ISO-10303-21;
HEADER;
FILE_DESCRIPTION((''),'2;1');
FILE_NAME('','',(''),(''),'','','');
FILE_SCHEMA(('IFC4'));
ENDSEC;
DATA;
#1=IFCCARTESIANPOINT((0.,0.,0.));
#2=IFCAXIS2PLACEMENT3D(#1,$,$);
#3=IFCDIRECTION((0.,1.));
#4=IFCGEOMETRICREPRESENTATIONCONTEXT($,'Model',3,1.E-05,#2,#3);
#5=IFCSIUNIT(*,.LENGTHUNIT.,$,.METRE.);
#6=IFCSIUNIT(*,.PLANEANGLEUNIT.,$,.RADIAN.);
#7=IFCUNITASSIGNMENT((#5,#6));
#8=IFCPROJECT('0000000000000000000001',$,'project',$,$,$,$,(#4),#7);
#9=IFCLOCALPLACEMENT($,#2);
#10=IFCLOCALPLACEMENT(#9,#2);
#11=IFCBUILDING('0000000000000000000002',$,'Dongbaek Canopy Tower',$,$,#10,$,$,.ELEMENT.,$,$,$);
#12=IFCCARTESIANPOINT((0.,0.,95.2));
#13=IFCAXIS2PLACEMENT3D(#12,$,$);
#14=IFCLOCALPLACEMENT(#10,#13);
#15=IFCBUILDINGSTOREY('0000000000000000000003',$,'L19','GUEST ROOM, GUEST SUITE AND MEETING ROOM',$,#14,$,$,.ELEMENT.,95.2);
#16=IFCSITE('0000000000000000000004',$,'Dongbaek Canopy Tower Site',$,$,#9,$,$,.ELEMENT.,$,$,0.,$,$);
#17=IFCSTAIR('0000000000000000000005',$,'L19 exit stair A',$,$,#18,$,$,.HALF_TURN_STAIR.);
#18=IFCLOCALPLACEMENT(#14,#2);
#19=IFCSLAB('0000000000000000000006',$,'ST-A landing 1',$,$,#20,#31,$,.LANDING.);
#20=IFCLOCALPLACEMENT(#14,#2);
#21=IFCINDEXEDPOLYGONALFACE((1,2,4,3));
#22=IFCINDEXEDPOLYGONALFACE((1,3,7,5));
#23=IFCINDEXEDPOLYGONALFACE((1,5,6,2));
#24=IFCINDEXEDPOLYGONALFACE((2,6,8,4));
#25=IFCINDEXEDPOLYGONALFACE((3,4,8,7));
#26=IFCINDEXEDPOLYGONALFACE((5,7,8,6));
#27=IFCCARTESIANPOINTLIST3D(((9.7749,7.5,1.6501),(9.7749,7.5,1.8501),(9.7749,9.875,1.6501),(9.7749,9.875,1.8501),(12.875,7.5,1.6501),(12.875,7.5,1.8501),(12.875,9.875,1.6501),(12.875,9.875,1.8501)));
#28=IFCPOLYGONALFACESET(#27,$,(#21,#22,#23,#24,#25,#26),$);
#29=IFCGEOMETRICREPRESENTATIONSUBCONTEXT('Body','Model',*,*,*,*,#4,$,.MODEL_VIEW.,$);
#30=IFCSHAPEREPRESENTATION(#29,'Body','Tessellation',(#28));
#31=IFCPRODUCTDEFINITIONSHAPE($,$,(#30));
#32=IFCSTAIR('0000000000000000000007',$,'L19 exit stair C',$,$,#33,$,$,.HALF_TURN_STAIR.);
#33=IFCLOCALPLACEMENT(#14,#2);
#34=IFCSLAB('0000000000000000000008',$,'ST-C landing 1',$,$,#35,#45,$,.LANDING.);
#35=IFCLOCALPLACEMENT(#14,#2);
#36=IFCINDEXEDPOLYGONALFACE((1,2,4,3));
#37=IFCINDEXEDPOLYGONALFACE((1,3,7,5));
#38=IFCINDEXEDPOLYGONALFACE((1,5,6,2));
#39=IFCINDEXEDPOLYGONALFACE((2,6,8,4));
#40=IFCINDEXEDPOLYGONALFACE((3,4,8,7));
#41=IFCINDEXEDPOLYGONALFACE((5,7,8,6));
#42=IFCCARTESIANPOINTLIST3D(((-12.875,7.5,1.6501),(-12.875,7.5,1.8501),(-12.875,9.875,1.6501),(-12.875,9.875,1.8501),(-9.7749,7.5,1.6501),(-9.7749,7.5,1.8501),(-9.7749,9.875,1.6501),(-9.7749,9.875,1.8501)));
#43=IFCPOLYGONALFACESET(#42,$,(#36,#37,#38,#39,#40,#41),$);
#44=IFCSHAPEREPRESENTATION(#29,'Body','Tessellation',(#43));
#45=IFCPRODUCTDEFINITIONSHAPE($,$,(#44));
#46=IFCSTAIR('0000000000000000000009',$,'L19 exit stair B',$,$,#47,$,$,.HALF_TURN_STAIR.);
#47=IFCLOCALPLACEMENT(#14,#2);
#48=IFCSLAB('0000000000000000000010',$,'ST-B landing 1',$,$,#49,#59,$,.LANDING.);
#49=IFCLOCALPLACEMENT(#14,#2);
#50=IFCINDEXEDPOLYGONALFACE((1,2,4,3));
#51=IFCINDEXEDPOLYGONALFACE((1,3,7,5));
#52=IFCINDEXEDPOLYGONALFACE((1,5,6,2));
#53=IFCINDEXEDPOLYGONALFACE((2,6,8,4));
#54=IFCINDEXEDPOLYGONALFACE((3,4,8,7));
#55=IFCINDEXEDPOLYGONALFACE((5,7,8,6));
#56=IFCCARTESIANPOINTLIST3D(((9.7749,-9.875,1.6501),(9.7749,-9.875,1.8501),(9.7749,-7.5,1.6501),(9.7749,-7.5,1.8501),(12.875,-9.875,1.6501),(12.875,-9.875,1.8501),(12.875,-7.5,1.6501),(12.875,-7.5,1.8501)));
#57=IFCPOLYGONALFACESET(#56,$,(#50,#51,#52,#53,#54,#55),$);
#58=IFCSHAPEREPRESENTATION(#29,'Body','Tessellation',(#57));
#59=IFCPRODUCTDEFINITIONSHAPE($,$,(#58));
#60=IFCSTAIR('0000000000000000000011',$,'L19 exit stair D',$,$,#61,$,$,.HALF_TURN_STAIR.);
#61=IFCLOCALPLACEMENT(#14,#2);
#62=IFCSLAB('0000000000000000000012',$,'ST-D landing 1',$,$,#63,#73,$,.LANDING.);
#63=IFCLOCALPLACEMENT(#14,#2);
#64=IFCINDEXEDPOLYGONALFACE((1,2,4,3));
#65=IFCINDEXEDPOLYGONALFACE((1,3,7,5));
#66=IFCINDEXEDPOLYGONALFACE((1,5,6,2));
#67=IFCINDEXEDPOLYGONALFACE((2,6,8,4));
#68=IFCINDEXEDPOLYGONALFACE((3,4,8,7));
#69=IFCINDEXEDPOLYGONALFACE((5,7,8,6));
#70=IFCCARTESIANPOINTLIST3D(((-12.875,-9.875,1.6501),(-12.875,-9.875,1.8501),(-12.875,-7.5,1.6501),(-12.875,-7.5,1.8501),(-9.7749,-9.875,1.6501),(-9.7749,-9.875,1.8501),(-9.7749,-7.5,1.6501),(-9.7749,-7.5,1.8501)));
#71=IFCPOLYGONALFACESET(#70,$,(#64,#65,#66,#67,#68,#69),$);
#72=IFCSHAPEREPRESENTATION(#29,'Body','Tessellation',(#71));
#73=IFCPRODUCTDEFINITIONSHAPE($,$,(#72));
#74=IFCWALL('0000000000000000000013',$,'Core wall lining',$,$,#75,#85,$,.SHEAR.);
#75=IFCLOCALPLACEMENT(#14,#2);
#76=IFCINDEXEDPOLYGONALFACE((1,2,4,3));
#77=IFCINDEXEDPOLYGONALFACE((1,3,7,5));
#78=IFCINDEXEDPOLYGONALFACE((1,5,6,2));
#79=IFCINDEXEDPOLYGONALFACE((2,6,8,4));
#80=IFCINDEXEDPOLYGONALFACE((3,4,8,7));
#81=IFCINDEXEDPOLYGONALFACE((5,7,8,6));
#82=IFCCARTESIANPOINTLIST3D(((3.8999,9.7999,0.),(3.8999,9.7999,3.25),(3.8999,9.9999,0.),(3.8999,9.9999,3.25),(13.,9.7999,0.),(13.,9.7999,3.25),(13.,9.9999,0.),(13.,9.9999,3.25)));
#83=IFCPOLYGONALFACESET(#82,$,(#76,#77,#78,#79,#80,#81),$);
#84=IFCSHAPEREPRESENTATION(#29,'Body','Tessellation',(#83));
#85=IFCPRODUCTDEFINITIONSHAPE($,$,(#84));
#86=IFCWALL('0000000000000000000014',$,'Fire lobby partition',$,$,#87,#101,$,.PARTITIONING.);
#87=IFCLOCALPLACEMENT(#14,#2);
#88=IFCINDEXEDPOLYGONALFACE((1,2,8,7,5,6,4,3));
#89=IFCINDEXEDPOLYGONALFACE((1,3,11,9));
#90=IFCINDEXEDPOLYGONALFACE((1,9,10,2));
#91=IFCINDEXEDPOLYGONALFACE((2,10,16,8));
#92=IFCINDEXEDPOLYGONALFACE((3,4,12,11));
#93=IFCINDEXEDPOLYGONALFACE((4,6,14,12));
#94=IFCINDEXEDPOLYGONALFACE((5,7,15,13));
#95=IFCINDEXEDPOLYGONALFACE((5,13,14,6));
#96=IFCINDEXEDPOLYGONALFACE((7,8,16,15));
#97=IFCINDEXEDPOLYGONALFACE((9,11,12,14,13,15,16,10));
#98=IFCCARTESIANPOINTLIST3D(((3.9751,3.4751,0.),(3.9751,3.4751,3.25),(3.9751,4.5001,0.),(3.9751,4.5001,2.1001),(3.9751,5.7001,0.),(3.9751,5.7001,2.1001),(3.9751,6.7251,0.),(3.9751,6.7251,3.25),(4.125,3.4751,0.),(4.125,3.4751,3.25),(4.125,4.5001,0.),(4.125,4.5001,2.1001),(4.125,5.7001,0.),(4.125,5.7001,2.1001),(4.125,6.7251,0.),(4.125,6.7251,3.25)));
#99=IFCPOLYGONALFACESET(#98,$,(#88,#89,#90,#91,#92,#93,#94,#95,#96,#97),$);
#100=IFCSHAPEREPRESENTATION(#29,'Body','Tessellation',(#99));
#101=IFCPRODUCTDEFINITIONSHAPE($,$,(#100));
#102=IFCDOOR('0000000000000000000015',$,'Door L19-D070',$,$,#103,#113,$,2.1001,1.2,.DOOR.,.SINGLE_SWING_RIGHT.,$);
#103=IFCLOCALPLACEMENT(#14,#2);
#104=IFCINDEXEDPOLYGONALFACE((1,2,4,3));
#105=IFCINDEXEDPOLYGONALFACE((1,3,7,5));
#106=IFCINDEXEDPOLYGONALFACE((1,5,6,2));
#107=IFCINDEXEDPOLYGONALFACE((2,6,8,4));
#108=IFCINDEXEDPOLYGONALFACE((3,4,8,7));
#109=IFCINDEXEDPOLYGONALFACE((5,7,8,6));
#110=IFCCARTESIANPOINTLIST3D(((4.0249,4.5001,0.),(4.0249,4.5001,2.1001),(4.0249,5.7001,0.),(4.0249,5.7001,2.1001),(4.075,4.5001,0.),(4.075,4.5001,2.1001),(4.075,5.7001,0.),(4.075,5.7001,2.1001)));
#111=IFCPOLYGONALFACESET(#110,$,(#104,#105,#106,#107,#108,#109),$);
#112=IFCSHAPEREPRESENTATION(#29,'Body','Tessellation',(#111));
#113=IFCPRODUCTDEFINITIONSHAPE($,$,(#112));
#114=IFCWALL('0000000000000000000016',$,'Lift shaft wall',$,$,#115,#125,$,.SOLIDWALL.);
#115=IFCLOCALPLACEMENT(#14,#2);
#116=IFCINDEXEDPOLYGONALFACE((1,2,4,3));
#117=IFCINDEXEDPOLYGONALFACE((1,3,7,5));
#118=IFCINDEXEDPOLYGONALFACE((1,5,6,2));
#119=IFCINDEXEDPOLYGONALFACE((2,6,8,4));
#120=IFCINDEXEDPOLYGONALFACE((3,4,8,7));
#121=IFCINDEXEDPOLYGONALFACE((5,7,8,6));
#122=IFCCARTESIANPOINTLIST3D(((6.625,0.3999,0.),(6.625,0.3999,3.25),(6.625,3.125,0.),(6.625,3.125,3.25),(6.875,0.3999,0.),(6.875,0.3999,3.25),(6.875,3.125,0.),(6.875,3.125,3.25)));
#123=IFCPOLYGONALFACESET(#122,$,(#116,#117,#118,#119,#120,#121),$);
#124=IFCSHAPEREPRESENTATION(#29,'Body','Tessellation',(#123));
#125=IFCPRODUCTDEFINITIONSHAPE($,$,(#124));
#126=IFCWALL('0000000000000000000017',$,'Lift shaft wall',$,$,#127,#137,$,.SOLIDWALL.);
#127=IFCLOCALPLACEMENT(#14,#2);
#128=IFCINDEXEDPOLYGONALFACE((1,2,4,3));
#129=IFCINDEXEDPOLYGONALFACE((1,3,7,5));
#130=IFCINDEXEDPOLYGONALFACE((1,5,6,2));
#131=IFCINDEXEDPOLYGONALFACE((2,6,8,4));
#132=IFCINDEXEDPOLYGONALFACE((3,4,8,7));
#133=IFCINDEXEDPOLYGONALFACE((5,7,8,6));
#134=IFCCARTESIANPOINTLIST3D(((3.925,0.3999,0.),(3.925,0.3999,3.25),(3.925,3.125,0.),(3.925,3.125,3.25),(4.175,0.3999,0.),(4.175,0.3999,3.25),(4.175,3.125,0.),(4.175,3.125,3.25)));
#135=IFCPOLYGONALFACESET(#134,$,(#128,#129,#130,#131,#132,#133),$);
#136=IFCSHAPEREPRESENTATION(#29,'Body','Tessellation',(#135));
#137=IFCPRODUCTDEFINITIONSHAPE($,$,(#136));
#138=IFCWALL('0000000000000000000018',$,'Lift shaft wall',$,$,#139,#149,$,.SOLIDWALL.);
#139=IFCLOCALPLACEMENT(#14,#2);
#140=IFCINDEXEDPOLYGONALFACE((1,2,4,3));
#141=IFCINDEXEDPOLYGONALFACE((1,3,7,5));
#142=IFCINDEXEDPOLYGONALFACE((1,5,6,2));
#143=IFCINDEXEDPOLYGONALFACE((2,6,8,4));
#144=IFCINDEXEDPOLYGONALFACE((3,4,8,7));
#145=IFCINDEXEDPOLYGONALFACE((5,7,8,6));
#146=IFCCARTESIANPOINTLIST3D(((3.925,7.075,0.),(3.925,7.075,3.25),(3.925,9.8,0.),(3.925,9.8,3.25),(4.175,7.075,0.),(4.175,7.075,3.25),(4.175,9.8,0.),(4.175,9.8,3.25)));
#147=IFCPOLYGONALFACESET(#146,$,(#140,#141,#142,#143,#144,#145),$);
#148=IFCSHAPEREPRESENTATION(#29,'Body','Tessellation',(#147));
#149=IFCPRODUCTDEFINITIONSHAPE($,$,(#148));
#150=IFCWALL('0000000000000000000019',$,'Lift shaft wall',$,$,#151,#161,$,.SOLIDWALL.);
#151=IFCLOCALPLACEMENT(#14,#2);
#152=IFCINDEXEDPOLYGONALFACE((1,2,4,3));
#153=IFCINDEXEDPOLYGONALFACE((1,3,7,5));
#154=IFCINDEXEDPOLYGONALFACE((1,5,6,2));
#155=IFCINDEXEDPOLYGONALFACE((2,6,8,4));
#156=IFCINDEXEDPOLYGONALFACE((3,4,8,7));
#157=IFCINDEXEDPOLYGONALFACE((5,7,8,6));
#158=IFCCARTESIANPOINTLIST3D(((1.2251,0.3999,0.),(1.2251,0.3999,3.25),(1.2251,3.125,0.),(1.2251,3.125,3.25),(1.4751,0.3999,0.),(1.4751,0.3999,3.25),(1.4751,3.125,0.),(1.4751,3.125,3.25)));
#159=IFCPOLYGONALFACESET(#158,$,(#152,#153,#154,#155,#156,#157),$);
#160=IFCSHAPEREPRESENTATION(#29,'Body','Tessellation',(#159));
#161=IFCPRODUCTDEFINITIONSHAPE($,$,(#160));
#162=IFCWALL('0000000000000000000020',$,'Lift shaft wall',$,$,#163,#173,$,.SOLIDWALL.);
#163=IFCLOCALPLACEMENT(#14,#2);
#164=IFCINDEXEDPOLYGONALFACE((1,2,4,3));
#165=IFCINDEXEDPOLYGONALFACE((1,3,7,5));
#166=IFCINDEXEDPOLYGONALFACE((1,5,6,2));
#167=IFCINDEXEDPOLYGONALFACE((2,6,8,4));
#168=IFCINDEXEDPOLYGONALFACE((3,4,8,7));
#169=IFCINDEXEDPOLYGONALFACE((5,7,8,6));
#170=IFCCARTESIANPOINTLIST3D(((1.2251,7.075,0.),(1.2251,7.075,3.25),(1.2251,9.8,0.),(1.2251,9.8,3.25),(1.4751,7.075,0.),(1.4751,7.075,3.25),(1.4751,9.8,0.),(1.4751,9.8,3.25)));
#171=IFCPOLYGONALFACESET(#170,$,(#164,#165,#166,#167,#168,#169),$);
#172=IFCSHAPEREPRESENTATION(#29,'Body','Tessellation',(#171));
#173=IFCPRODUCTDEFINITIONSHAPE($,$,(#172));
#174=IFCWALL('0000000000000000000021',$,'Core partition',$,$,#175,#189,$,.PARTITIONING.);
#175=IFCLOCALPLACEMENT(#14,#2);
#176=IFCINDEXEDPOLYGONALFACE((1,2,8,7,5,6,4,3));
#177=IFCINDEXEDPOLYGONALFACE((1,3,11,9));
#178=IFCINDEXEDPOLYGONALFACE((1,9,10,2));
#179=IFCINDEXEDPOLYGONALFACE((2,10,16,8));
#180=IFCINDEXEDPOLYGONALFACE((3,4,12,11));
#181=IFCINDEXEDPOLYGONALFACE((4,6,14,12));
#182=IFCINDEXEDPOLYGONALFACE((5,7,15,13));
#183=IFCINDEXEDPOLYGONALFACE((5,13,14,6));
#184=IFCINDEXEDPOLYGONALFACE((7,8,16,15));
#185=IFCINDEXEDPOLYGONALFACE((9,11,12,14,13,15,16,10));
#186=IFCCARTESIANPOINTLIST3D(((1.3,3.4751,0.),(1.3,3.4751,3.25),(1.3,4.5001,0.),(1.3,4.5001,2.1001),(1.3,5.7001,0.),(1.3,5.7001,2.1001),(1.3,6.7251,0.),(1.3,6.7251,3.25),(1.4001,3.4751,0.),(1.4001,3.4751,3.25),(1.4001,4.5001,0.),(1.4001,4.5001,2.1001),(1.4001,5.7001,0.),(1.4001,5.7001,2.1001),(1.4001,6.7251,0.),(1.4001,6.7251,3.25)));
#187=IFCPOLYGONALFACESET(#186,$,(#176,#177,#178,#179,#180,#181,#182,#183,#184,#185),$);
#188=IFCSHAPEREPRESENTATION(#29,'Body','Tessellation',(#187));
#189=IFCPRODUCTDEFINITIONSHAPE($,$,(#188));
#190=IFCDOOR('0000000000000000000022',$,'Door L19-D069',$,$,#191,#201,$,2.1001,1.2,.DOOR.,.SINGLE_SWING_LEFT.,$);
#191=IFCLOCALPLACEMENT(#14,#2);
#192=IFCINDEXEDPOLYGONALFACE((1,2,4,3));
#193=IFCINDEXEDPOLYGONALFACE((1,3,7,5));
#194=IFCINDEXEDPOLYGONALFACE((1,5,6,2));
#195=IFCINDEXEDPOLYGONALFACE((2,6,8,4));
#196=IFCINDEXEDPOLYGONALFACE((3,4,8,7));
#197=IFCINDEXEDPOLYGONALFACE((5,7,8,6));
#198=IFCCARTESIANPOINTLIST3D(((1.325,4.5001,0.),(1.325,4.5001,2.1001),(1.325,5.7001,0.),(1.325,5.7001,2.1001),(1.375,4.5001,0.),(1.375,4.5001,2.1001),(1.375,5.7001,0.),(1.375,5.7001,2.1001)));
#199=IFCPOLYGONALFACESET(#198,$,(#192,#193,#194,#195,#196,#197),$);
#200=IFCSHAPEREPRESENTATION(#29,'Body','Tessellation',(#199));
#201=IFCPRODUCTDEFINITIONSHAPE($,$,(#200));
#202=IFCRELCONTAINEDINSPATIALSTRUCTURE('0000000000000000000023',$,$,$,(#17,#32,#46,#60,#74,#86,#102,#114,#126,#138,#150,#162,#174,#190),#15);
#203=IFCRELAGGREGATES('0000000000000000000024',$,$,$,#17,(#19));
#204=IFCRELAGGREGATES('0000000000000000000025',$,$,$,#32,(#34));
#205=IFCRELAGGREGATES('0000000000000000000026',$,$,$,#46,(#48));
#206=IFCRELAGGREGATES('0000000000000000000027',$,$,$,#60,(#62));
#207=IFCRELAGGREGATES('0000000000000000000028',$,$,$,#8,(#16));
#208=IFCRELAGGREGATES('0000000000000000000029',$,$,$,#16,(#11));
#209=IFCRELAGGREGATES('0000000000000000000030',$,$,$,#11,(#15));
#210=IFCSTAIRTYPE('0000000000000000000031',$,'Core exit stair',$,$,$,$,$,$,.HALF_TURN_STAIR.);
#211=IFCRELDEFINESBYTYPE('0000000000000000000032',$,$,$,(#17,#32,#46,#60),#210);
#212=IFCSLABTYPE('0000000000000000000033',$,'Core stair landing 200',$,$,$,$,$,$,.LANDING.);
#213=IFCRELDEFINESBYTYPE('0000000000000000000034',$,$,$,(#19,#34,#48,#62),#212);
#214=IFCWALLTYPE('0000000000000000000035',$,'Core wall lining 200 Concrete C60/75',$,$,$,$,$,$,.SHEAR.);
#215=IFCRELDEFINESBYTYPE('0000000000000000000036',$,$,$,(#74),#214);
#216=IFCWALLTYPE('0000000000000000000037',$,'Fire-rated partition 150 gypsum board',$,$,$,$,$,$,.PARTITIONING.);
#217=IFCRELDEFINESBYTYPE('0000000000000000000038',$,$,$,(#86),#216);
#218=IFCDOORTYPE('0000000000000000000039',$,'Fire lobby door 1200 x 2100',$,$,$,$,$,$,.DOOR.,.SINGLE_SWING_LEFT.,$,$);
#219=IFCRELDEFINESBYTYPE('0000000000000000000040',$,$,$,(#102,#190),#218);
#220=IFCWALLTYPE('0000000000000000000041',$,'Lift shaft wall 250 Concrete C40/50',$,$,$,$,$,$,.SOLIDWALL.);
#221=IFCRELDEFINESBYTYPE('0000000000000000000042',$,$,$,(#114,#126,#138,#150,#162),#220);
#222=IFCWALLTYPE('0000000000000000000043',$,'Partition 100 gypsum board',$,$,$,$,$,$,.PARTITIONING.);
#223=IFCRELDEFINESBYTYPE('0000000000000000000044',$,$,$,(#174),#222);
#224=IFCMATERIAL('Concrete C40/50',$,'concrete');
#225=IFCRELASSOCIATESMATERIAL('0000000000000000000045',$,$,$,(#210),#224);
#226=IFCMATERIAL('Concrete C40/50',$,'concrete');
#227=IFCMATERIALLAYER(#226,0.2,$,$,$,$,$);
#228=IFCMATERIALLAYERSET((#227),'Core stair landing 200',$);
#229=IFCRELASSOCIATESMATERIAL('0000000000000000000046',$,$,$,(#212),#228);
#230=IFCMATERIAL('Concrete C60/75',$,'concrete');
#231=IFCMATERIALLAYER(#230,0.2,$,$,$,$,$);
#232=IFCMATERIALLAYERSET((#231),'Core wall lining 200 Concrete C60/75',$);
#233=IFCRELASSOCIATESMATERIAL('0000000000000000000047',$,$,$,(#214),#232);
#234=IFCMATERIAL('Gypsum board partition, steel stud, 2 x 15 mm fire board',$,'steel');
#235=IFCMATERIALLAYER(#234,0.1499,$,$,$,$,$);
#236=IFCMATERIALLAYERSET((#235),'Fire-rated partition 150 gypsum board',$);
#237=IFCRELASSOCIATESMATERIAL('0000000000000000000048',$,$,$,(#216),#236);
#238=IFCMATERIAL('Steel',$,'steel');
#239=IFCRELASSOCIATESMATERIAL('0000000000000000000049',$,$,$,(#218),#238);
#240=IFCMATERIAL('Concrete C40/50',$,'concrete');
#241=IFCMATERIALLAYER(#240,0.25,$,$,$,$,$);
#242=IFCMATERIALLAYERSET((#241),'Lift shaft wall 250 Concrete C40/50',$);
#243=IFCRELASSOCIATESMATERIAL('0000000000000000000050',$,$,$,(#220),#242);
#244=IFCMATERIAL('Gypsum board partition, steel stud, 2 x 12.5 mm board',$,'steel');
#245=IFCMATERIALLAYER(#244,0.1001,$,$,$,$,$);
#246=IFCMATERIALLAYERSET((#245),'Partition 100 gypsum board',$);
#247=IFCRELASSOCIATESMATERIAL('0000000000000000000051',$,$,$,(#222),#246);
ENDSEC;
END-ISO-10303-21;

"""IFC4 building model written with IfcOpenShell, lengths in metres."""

from ifc_helpers import new_model, si_unit, direction, frame, frame_2d, origin, place, context, subcontext, project, spatial, polyline, rectangle, outline, extrude, material, layer, layer_set, type_object, element, fill, aggregate, save


model = new_model("IFC4")

# Units and contexts
model_context = context("Model", 3, precision=1e-05, world=origin(), true_north=direction((0.0, 1.0)))
body_context = subcontext(model_context, "Body", "Model", "MODEL_VIEW")
ifc_project = project(units=[si_unit("LENGTHUNIT", "METRE"), si_unit("PLANEANGLEUNIT", "RADIAN")], contexts=[model_context])

# Site, building, storey
site_placement = place(None, origin())
site = spatial("IfcSite", under=ifc_project, at=site_placement, Name="Dongbaek Canopy Tower Site", CompositionType="ELEMENT", RefElevation=0.0)
building_placement = place(site_placement, origin())
building = spatial("IfcBuilding", under=site, at=building_placement, Name="Dongbaek Canopy Tower", CompositionType="ELEMENT")
storey_placement = place(building_placement, frame((0.0, 0.0, 95.2)))
storey = spatial("IfcBuildingStorey", under=building, at=storey_placement, Name="L19", Description="GUEST ROOM, GUEST SUITE AND MEETING ROOM", CompositionType="ELEMENT", Elevation=95.2)

# Stairs, slabs
ifc_material_1 = material(Name="Concrete C40/50", Category="concrete")
stair_type = type_object("IfcStairType", Name="Core exit stair", PredefinedType="HALF_TURN_STAIR", material=ifc_material_1)
stair_1_placement = place(storey_placement, origin())
stair_1 = element("IfcStair", 1, at=stair_1_placement, inside=storey, type_object=stair_type, Name="L19 exit stair A", PredefinedType="HALF_TURN_STAIR")
ifc_material_2 = material(Name="Concrete C40/50", Category="concrete")
ifc_layer_1 = layer(ifc_material_2, 0.2)
ifc_layer_set_1 = layer_set([ifc_layer_1], Name="Core stair landing 200")
slab_type = type_object("IfcSlabType", Name="Core stair landing 200", PredefinedType="LANDING", material=ifc_layer_set_1)
slab_1_placement = place(storey_placement, frame((0.0, 0.0, 1.6501)))
slab_1 = element("IfcSlab", 2, at=slab_1_placement, type_object=slab_type, Name="ST-A landing 1", PredefinedType="LANDING", context=body_context, shape_type="SweptSolid", body=[
    extrude(outline(polyline([(12.875, 7.5), (12.875, 9.875), (9.7749, 9.875), (9.7749, 7.5), (12.875, 7.5)])), origin(), (0.0, 0.0, 1.0), 0.2),
])
aggregate(stair_1, [slab_1])
stair_2_placement = place(storey_placement, origin())
stair_2 = element("IfcStair", 3, at=stair_2_placement, inside=storey, type_object=stair_type, Name="L19 exit stair C", PredefinedType="HALF_TURN_STAIR")
slab_2_placement = place(storey_placement, frame((0.0, 0.0, 1.6501)))
slab_2 = element("IfcSlab", 4, at=slab_2_placement, type_object=slab_type, Name="ST-C landing 1", PredefinedType="LANDING", context=body_context, shape_type="SweptSolid", body=[
    extrude(outline(polyline([(-9.7749, 7.5), (-9.7749, 9.875), (-12.875, 9.875), (-12.875, 7.5), (-9.7749, 7.5)])), origin(), (0.0, 0.0, 1.0), 0.2),
])
aggregate(stair_2, [slab_2])
stair_3_placement = place(storey_placement, origin())
stair_3 = element("IfcStair", 5, at=stair_3_placement, inside=storey, type_object=stair_type, Name="L19 exit stair B", PredefinedType="HALF_TURN_STAIR")
slab_3_placement = place(storey_placement, frame((0.0, 0.0, 1.6501)))
slab_3 = element("IfcSlab", 6, at=slab_3_placement, type_object=slab_type, Name="ST-B landing 1", PredefinedType="LANDING", context=body_context, shape_type="SweptSolid", body=[
    extrude(outline(polyline([(9.7749, -7.5), (9.7749, -9.875), (12.875, -9.875), (12.875, -7.5), (9.7749, -7.5)])), origin(), (0.0, 0.0, 1.0), 0.2),
])
aggregate(stair_3, [slab_3])
stair_4_placement = place(storey_placement, origin())
stair_4 = element("IfcStair", 7, at=stair_4_placement, inside=storey, type_object=stair_type, Name="L19 exit stair D", PredefinedType="HALF_TURN_STAIR")
slab_4_placement = place(storey_placement, frame((0.0, 0.0, 1.6501)))
slab_4 = element("IfcSlab", 8, at=slab_4_placement, type_object=slab_type, Name="ST-D landing 1", PredefinedType="LANDING", context=body_context, shape_type="SweptSolid", body=[
    extrude(outline(polyline([(-12.875, -7.5), (-12.875, -9.875), (-9.7749, -9.875), (-9.7749, -7.5), (-12.875, -7.5)])), origin(), (0.0, 0.0, 1.0), 0.2),
])
aggregate(stair_4, [slab_4])

# Wall
ifc_material_3 = material(Name="Concrete C60/75", Category="concrete")
ifc_layer_2 = layer(ifc_material_3, 0.2)
ifc_layer_set_2 = layer_set([ifc_layer_2], Name="Core wall lining 200 Concrete C60/75")
wall_type_1 = type_object("IfcWallType", Name="Core wall lining 200 Concrete C60/75", PredefinedType="SHEAR", material=ifc_layer_set_2)
wall_1_placement = place(storey_placement, frame((3.8999, 9.8999, 0.0), z_axis=(0.0, 0.0, 1.0), x_axis=(1.0, 0.0, 0.0)))
element("IfcWall", 9, at=wall_1_placement, inside=storey, type_object=wall_type_1, Name="Core wall lining", PredefinedType="SHEAR", context=body_context, shape_type="SweptSolid", body=[
    extrude(rectangle(XDim=9.1001, YDim=0.2, at=frame_2d((4.55, 0.0))), origin(), (0.0, 0.0, 1.0), 3.25),
])

# Wall, opening, door
ifc_material_4 = material(Name="Gypsum board partition, steel stud, 2 x 15 mm fire board", Category="steel")
ifc_layer_3 = layer(ifc_material_4, 0.1499)
ifc_layer_set_3 = layer_set([ifc_layer_3], Name="Fire-rated partition 150 gypsum board")
wall_type_2 = type_object("IfcWallType", Name="Fire-rated partition 150 gypsum board", PredefinedType="PARTITIONING", material=ifc_layer_set_3)
wall_2_placement = place(storey_placement, frame((4.05, 6.7251, 0.0), z_axis=(0.0, 0.0, 1.0), x_axis=(0.0, -1.0, 0.0)))
wall_2 = element("IfcWall", 10, at=wall_2_placement, inside=storey, type_object=wall_type_2, Name="Fire lobby partition", PredefinedType="PARTITIONING", context=body_context, shape_type="SweptSolid", body=[
    extrude(rectangle(XDim=3.25, YDim=0.1499, at=frame_2d((1.625, 0.0))), origin(), (0.0, 0.0, 1.0), 3.25),
])
opening_1_placement = place(wall_2_placement, frame((1.0249, 0.0, 0.0)))
opening_1 = element("IfcOpeningElement", 11, at=opening_1_placement, cuts=wall_2, PredefinedType="OPENING", context=body_context, shape_type="SweptSolid", body=[
    extrude(rectangle(XDim=1.2, YDim=2.1001, at=frame_2d((0.6001, 1.05))), frame((0.0, 0.085, 0.0), z_axis=(0.0, -1.0, 0.0), x_axis=(1.0, 0.0, 0.0)), (0.0, 0.0, 1.0), 0.1699),
])
ifc_material_5 = material(Name="Steel", Category="steel")
door_type = type_object("IfcDoorType", Name="Fire lobby door 1200 x 2100", OperationType="SINGLE_SWING_LEFT", PredefinedType="DOOR", material=ifc_material_5)
door_1_placement = place(opening_1_placement, origin())
door_1 = element("IfcDoor", 12, at=door_1_placement, inside=storey, type_object=door_type, Name="Door L19-D070", OperationType="SINGLE_SWING_RIGHT", OverallHeight=2.1001, OverallWidth=1.2, PredefinedType="DOOR", context=body_context, shape_type="SweptSolid", body=[
    extrude(rectangle(XDim=1.2, YDim=2.1001, at=frame_2d((0.6001, 1.05))), frame((0.0, 0.0249, 0.0), z_axis=(0.0, -1.0, 0.0), x_axis=(1.0, 0.0, 0.0)), (0.0, 0.0, 1.0), 0.05),
])
fill(opening_1, door_1)

# Walls
ifc_material_6 = material(Name="Concrete C40/50", Category="concrete")
ifc_layer_4 = layer(ifc_material_6, 0.25)
ifc_layer_set_4 = layer_set([ifc_layer_4], Name="Lift shaft wall 250 Concrete C40/50")
wall_type_3 = type_object("IfcWallType", Name="Lift shaft wall 250 Concrete C40/50", PredefinedType="SOLIDWALL", material=ifc_layer_set_4)
for number, where, z_axis, x_axis, name in (
    (13, (6.75, 0.3999, 0.0), (0.0, 0.0, 1.0), (0.0, 1.0, 0.0), "Lift shaft wall"),
    (14, (4.05, 0.3999, 0.0), (0.0, 0.0, 1.0), (0.0, 1.0, 0.0), "Lift shaft wall"),
    (15, (4.05, 7.075, 0.0), (0.0, 0.0, 1.0), (0.0, 1.0, 0.0), "Lift shaft wall"),
    (16, (1.3501, 0.3999, 0.0), (0.0, 0.0, 1.0), (0.0, 1.0, 0.0), "Lift shaft wall"),
    (17, (1.3501, 7.075, 0.0), (0.0, 0.0, 1.0), (0.0, 1.0, 0.0), "Lift shaft wall"),
):
    element("IfcWall", number, at=place(storey_placement, frame(where, z_axis=z_axis, x_axis=x_axis)), inside=storey, type_object=wall_type_3, Name=name, PredefinedType="SOLIDWALL", context=body_context, shape_type="SweptSolid", body=[
        extrude(rectangle(XDim=2.7251, YDim=0.25, at=frame_2d((1.3625, 0.0))), origin(), (0.0, 0.0, 1.0), 3.25),
    ])

# Wall, opening, door
ifc_material_7 = material(Name="Gypsum board partition, steel stud, 2 x 12.5 mm board", Category="steel")
ifc_layer_5 = layer(ifc_material_7, 0.1001)
ifc_layer_set_5 = layer_set([ifc_layer_5], Name="Partition 100 gypsum board")
wall_type_4 = type_object("IfcWallType", Name="Partition 100 gypsum board", PredefinedType="PARTITIONING", material=ifc_layer_set_5)
wall_3_placement = place(storey_placement, frame((1.3501, 6.7251, 0.0), z_axis=(0.0, 0.0, 1.0), x_axis=(0.0, -1.0, 0.0)))
wall_3 = element("IfcWall", 18, at=wall_3_placement, inside=storey, type_object=wall_type_4, Name="Core partition", PredefinedType="PARTITIONING", context=body_context, shape_type="SweptSolid", body=[
    extrude(rectangle(XDim=3.25, YDim=0.1001, at=frame_2d((1.625, 0.0))), origin(), (0.0, 0.0, 1.0), 3.25),
])
opening_2_placement = place(wall_3_placement, frame((1.0249, 0.0, 0.0)))
opening_2 = element("IfcOpeningElement", 19, at=opening_2_placement, cuts=wall_3, PredefinedType="OPENING", context=body_context, shape_type="SweptSolid", body=[
    extrude(rectangle(XDim=1.2, YDim=2.1001, at=frame_2d((0.6001, 1.05))), frame((0.0, 0.0601, 0.0), z_axis=(0.0, -1.0, 0.0), x_axis=(1.0, 0.0, 0.0)), (0.0, 0.0, 1.0), 0.1201),
])
door_2_placement = place(opening_2_placement, origin())
door_2 = element("IfcDoor", 20, at=door_2_placement, inside=storey, type_object=door_type, Name="Door L19-D069", OperationType="SINGLE_SWING_LEFT", OverallHeight=2.1001, OverallWidth=1.2, PredefinedType="DOOR", context=body_context, shape_type="SweptSolid", body=[
    extrude(rectangle(XDim=1.2, YDim=2.1001, at=frame_2d((0.6001, 1.05))), frame((0.0, 0.0249, 0.0), z_axis=(0.0, -1.0, 0.0), x_axis=(1.0, 0.0, 0.0)), (0.0, 0.0, 1.0), 0.05),
])
fill(opening_2, door_2)

save(model, "model.ifc")
